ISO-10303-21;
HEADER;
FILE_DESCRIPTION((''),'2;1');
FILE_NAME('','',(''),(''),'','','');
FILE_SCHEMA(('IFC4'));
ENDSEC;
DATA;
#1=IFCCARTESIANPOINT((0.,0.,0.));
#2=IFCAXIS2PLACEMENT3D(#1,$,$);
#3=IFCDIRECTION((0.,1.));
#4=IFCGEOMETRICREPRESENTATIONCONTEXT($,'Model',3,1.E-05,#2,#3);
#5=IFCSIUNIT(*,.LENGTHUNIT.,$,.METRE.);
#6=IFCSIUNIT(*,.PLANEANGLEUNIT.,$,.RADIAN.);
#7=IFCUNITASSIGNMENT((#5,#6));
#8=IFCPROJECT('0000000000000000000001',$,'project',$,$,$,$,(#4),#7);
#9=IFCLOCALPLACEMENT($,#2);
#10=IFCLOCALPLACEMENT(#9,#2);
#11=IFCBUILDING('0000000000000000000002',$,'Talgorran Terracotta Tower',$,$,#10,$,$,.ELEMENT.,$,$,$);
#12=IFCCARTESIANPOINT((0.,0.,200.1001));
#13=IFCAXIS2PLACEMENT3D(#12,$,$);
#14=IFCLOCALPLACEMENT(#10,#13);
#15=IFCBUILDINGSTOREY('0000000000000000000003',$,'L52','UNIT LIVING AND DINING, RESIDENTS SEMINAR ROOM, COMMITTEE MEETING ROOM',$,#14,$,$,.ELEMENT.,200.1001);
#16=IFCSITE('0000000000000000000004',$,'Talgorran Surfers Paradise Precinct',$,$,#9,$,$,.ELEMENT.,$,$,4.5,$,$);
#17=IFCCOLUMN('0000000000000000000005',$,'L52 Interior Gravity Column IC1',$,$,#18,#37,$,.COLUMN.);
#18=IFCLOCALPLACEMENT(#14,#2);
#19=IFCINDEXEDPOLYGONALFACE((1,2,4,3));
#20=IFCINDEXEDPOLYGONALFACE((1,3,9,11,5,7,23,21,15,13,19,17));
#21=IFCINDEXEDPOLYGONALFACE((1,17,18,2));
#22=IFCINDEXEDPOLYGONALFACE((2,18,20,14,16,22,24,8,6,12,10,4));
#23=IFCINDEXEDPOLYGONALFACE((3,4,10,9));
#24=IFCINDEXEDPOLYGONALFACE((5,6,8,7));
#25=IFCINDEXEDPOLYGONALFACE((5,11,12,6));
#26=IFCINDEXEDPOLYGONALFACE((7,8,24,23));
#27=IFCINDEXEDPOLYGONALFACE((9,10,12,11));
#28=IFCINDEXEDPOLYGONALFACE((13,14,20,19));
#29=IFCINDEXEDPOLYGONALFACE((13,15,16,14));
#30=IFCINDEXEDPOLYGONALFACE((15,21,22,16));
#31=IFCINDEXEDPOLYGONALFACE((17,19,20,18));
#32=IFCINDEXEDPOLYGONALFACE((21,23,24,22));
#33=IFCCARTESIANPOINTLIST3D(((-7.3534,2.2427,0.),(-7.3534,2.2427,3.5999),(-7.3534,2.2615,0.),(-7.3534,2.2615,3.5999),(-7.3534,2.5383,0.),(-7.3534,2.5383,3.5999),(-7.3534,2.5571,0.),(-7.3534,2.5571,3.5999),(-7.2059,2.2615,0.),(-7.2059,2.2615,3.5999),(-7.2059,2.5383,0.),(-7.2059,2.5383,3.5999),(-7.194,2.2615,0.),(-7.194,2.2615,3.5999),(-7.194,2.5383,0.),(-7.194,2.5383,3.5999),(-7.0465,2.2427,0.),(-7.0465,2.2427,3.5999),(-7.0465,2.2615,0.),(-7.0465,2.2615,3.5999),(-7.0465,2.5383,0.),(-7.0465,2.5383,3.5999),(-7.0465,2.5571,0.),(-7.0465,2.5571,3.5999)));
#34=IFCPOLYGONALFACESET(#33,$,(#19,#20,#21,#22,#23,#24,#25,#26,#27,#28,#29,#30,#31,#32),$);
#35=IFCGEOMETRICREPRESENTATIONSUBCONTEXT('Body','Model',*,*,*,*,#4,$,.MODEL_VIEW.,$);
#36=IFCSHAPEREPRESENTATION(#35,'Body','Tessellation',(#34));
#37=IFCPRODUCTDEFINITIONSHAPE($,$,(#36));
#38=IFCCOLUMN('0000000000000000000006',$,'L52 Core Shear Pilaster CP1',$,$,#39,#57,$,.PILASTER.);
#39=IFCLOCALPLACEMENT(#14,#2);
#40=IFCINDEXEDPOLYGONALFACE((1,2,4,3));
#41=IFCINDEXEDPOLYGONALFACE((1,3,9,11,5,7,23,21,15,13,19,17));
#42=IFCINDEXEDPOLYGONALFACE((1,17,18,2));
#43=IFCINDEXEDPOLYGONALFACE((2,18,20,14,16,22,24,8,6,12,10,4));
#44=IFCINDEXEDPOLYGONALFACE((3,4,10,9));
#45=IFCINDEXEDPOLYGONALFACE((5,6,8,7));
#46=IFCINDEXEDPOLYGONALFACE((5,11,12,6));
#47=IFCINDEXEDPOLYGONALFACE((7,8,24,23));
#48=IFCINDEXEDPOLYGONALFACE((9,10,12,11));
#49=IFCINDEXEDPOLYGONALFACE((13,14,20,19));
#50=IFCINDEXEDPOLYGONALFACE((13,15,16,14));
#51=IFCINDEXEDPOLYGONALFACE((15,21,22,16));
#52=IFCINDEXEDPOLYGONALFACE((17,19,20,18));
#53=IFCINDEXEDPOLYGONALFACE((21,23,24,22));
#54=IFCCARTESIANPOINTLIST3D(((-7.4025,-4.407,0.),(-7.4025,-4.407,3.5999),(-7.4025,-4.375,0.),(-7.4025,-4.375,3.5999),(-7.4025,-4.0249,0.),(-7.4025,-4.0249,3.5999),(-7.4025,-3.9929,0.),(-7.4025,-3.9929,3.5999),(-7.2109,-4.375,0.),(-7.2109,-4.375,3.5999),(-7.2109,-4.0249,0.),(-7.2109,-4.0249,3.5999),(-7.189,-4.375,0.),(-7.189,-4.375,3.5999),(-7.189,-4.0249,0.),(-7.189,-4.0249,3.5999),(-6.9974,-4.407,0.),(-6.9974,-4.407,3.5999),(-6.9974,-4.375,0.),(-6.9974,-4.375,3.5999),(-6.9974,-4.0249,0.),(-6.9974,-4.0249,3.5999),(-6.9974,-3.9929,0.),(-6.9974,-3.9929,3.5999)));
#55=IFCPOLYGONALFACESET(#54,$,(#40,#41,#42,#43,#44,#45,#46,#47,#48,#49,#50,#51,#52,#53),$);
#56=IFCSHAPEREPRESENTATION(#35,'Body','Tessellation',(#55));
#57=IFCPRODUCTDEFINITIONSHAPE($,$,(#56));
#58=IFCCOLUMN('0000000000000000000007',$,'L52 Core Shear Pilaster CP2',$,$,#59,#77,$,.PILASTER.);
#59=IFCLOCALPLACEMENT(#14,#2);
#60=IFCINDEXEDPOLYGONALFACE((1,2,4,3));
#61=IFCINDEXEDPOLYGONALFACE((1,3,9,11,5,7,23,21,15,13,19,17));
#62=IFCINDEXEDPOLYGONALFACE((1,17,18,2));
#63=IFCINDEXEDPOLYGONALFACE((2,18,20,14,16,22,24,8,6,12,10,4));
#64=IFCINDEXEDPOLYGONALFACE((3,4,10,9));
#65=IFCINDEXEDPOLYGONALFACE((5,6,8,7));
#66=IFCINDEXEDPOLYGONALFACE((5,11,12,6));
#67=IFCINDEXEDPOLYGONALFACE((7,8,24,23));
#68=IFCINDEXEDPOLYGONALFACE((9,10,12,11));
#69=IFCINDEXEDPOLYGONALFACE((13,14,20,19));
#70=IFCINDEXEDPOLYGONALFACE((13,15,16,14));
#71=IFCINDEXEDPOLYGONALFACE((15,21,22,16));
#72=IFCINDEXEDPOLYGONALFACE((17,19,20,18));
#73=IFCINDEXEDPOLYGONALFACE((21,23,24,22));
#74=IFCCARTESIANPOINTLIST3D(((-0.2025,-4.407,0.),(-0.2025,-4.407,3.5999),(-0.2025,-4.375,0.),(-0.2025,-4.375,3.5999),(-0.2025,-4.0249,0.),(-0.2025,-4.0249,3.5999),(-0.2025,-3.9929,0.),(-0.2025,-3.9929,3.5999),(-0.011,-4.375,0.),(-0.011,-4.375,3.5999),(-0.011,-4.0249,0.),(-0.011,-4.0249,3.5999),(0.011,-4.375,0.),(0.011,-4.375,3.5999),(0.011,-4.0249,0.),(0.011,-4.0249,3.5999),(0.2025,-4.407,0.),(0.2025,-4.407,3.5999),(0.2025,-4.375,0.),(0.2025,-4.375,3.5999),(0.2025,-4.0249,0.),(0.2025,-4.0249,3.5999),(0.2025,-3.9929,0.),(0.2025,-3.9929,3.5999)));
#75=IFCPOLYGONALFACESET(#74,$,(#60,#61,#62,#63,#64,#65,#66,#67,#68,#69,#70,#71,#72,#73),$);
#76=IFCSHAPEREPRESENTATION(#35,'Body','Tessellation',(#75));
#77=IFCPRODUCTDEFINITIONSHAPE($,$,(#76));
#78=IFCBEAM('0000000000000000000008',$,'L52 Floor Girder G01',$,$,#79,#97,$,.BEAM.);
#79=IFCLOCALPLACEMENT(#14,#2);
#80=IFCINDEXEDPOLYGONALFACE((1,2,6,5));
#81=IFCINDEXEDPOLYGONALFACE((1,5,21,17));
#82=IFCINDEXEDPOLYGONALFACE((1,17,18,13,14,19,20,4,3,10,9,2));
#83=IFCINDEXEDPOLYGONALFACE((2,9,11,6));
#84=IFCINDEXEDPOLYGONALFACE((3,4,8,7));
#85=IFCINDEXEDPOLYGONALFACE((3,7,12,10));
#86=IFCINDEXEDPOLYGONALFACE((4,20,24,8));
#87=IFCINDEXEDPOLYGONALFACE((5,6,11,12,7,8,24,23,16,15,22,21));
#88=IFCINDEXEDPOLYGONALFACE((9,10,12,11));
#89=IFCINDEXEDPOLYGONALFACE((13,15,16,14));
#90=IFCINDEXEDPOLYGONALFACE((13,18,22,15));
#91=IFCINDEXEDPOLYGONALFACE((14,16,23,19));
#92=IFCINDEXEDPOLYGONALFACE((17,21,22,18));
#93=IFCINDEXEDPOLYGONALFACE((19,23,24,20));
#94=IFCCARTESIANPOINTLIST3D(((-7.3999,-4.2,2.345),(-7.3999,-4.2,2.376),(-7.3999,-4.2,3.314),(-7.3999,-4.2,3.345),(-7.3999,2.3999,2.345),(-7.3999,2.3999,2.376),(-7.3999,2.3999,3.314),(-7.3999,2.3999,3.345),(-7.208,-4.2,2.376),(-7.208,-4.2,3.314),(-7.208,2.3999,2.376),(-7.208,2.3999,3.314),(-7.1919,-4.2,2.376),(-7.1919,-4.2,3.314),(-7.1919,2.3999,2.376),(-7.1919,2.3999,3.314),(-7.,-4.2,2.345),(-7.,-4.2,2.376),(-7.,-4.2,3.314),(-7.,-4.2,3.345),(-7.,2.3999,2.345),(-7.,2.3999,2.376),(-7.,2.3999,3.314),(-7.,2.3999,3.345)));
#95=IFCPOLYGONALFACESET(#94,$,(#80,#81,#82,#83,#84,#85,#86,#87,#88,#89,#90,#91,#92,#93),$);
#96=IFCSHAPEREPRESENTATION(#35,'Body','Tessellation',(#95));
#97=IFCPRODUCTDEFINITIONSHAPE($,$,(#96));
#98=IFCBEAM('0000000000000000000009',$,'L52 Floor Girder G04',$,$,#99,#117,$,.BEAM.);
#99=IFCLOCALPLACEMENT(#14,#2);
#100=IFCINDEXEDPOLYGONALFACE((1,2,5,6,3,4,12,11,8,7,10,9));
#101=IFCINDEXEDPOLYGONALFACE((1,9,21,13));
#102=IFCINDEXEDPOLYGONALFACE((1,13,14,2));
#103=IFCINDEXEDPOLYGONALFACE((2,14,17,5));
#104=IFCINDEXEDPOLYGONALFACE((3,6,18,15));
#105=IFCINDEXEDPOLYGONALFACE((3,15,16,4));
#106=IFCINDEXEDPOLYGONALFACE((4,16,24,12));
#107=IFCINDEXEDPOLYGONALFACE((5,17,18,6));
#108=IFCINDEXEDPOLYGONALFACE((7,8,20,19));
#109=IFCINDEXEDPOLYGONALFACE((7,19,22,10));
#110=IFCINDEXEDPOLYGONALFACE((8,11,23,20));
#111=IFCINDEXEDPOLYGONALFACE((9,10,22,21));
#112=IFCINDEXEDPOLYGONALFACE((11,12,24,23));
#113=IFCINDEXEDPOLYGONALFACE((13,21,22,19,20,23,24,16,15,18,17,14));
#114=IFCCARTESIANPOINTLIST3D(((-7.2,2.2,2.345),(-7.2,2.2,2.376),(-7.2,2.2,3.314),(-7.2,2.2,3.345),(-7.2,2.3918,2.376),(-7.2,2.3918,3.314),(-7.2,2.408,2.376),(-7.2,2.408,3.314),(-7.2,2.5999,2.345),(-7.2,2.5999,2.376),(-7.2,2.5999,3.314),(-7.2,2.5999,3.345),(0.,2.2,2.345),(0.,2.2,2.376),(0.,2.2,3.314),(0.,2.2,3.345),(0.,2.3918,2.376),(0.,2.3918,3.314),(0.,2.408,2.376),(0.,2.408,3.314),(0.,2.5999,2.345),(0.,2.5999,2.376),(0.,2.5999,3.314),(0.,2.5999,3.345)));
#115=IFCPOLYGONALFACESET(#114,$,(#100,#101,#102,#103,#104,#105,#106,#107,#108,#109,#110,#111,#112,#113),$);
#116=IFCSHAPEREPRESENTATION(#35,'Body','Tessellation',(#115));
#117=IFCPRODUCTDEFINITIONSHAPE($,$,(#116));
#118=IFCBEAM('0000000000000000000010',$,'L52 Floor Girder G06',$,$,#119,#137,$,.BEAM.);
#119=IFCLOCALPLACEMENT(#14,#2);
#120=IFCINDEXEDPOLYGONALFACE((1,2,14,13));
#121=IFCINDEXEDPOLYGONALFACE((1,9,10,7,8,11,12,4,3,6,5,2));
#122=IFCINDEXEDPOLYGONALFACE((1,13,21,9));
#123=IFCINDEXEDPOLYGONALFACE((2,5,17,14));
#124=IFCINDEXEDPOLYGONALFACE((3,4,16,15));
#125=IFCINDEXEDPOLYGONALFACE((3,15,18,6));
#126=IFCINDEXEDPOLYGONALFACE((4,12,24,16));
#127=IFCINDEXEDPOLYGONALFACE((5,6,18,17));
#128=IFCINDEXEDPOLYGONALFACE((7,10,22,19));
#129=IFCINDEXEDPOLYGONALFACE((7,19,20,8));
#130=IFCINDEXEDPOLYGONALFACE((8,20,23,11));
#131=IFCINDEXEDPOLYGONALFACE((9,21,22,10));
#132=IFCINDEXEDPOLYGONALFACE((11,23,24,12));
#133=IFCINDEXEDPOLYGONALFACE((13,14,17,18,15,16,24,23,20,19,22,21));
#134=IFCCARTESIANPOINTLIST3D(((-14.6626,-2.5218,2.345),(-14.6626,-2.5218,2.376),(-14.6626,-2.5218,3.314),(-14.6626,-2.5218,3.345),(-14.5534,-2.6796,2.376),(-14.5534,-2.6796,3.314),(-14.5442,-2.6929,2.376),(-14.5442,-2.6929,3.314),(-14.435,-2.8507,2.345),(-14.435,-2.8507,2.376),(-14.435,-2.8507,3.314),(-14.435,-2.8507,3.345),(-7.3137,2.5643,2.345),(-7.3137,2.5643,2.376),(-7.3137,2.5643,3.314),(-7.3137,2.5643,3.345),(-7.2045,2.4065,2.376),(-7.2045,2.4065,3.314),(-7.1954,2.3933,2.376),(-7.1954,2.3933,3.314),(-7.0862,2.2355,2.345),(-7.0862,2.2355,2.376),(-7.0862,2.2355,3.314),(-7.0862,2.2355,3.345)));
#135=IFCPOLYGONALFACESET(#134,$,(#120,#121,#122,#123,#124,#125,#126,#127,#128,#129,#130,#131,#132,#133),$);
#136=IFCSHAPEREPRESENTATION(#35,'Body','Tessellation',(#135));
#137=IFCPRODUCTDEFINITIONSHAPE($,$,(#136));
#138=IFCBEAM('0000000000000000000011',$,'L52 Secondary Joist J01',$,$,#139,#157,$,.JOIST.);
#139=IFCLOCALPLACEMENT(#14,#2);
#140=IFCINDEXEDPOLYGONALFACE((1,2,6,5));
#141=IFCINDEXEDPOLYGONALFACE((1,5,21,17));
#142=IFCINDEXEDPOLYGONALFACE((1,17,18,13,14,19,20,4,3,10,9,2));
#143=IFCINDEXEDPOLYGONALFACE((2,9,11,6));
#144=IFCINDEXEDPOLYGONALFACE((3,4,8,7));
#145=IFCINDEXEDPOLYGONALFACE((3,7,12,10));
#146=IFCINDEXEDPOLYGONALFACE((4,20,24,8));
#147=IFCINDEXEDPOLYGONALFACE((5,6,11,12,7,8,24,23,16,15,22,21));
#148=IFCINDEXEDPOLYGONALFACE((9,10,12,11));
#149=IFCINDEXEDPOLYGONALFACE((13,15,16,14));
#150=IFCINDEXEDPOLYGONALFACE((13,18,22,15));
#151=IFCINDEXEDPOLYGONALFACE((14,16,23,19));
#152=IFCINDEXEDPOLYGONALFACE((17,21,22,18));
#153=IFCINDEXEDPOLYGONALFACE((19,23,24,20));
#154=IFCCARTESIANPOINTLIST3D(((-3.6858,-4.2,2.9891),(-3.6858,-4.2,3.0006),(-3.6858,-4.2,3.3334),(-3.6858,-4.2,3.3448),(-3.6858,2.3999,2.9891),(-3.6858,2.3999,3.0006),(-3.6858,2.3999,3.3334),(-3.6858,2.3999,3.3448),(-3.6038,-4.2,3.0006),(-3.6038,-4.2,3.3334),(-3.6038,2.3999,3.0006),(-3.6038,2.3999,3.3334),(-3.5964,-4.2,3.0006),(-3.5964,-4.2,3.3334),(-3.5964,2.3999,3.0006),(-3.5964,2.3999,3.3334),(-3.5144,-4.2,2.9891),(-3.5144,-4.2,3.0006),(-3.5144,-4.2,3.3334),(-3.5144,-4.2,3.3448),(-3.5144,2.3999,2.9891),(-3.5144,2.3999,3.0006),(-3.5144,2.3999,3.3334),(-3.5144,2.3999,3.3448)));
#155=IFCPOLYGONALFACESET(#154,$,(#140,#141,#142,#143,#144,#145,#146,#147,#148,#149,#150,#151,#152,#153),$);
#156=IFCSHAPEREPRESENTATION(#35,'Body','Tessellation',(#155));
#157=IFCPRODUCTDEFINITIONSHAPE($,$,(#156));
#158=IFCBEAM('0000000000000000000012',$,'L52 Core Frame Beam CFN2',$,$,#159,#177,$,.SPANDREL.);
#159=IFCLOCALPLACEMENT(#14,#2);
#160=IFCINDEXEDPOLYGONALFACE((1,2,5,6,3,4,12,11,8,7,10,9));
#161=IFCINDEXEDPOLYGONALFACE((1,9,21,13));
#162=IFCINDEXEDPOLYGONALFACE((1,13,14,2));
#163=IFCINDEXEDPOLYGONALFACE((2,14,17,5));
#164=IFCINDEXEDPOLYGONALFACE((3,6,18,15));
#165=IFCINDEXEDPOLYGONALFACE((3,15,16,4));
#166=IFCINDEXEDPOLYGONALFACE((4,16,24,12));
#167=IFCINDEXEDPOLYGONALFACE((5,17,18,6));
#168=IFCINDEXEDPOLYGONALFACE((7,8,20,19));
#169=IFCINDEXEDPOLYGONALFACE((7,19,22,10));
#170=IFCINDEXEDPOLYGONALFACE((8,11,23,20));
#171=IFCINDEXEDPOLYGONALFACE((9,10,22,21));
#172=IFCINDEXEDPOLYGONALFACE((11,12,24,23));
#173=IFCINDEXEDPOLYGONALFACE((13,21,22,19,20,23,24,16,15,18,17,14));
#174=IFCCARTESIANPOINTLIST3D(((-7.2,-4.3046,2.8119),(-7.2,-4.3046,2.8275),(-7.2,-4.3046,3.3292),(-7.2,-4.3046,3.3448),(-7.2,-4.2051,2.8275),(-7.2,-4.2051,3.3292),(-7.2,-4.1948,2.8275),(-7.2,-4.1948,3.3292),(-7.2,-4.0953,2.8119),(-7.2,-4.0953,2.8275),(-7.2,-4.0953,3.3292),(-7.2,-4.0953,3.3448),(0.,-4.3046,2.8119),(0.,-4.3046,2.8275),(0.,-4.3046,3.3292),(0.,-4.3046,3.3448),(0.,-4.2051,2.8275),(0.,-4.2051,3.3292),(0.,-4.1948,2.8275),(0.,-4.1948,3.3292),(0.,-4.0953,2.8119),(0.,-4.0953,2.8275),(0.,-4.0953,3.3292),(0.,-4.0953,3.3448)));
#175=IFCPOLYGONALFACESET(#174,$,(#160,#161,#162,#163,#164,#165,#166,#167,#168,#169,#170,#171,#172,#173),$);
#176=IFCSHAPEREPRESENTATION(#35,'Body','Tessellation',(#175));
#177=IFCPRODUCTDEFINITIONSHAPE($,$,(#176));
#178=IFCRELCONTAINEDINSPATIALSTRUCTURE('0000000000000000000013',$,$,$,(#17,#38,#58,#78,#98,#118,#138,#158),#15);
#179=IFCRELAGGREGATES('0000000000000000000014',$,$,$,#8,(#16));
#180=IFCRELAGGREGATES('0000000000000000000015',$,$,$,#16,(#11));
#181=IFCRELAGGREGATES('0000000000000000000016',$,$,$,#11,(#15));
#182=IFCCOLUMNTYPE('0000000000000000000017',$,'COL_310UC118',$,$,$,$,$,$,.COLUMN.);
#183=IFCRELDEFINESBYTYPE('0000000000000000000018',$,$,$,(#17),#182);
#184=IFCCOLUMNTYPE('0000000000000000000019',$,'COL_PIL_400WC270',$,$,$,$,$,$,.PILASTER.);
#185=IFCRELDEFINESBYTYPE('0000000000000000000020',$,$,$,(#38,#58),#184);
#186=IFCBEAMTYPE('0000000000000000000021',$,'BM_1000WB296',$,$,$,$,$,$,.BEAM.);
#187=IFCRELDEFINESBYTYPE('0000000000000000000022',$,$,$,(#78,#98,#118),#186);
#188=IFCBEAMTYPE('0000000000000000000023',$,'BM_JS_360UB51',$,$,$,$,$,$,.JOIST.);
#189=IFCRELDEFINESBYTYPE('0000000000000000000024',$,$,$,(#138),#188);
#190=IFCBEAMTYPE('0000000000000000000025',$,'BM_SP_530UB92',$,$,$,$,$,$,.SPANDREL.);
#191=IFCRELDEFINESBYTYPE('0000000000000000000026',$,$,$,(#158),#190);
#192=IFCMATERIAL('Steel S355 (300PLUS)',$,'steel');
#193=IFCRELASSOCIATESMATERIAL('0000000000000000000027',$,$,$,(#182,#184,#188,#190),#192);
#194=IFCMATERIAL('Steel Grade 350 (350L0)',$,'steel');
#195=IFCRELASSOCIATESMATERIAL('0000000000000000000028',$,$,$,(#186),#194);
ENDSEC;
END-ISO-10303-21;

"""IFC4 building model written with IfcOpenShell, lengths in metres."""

from ifc_helpers import new_model, si_unit, direction, frame, origin, origin_2d, place, context, subcontext, project, spatial, i_section, extrude, material, material_profile, profile_set, type_object, element, save


model = new_model("IFC4")

# Units and contexts
model_context = context("Model", 3, precision=1e-05, world=origin(), true_north=direction((0.0, 1.0)))
body_context = subcontext(model_context, "Body", "Model", "MODEL_VIEW")
ifc_project = project(units=[si_unit("LENGTHUNIT", "METRE"), si_unit("PLANEANGLEUNIT", "RADIAN")], contexts=[model_context])

# Site, building, storey
site_placement = place(None, origin())
site = spatial("IfcSite", under=ifc_project, at=site_placement, Name="Talgorran Surfers Paradise Precinct", CompositionType="ELEMENT", RefElevation=4.5)
building_placement = place(site_placement, origin())
building = spatial("IfcBuilding", under=site, at=building_placement, Name="Talgorran Terracotta Tower", CompositionType="ELEMENT")
storey_placement = place(building_placement, frame((0.0, 0.0, 200.1001)))
storey = spatial("IfcBuildingStorey", under=building, at=storey_placement, Name="L52", Description="UNIT LIVING AND DINING, RESIDENTS SEMINAR ROOM, COMMITTEE MEETING ROOM", CompositionType="ELEMENT", Elevation=200.1001)

# Columns
ifc_material_1 = material(Name="Steel S355 (300PLUS)", Category="steel")
ifc_material_profile_1 = material_profile(ifc_material_1, i_section(OverallWidth=0.3069, OverallDepth=0.3145, WebThickness=0.012, FlangeThickness=0.0188, at=origin_2d()), Name="310UC118")
ifc_profile_set_1 = profile_set([ifc_material_profile_1], Name="Steel S355 (300PLUS)")
column_type_1 = type_object("IfcColumnType", Name="COL_310UC118", PredefinedType="COLUMN", material=ifc_profile_set_1)
column_placement = place(storey_placement, frame((-7.2, 2.3999, 0.0), z_axis=(0.0, 0.0, 1.0), x_axis=(1.0, 0.0, 0.0)))
element("IfcColumn", 1, at=column_placement, inside=storey, type_object=column_type_1, Name="L52 Interior Gravity Column IC1", PredefinedType="COLUMN", context=body_context, shape_type="SweptSolid", body=[
    extrude(i_section(OverallWidth=0.3069, OverallDepth=0.3145, WebThickness=0.012, FlangeThickness=0.0188, at=origin_2d()), origin(), (0.0, 0.0, 1.0), 3.5999),
])
ifc_material_profile_2 = material_profile(ifc_material_1, i_section(OverallWidth=0.405, OverallDepth=0.4141, WebThickness=0.022, FlangeThickness=0.032, at=origin_2d()), Name="400WC270")
ifc_profile_set_2 = profile_set([ifc_material_profile_2], Name="Steel S355 (300PLUS)")
column_type_2 = type_object("IfcColumnType", Name="COL_PIL_400WC270", PredefinedType="PILASTER", material=ifc_profile_set_2)
for number, where, z_axis, x_axis, name in (
    (2, (-7.2, -4.2, 0.0), (0.0, 0.0, 1.0), (1.0, 0.0, 0.0), "L52 Core Shear Pilaster CP1"),
    (3, (0.0, -4.2, 0.0), (0.0, 0.0, 1.0), (1.0, 0.0, 0.0), "L52 Core Shear Pilaster CP2"),
):
    element("IfcColumn", number, at=place(storey_placement, frame(where, z_axis=z_axis, x_axis=x_axis)), inside=storey, type_object=column_type_2, Name=name, PredefinedType="PILASTER", context=body_context, shape_type="SweptSolid", body=[
        extrude(i_section(OverallWidth=0.405, OverallDepth=0.4141, WebThickness=0.022, FlangeThickness=0.032, at=origin_2d()), origin(), (0.0, 0.0, 1.0), 3.5999),
    ])

# Beams
ifc_material_2 = material(Name="Steel Grade 350 (350L0)", Category="steel")
ifc_material_profile_3 = material_profile(ifc_material_2, i_section(OverallWidth=0.3999, OverallDepth=1.0, WebThickness=0.0161, FlangeThickness=0.031, at=origin_2d()), Name="1000WB296")
ifc_profile_set_3 = profile_set([ifc_material_profile_3], Name="Steel Grade 350 (350L0)")
beam_type_1 = type_object("IfcBeamType", Name="BM_1000WB296", PredefinedType="BEAM", material=ifc_profile_set_3)
beam_1_placement = place(storey_placement, frame((-7.2, -4.2, 2.845), z_axis=(0.0, 1.0, 0.0), x_axis=(-1.0, 0.0, 0.0)))
element("IfcBeam", 4, at=beam_1_placement, inside=storey, type_object=beam_type_1, Name="L52 Floor Girder G01", PredefinedType="BEAM", context=body_context, shape_type="SweptSolid", body=[
    extrude(i_section(OverallWidth=0.3999, OverallDepth=1.0, WebThickness=0.0161, FlangeThickness=0.031, at=origin_2d()), origin(), (0.0, 0.0, 1.0), 6.5999),
])
beam_2_placement = place(storey_placement, frame((-7.2, 2.3999, 2.845), z_axis=(1.0, 0.0, 0.0), x_axis=(0.0, 1.0, 0.0)))
element("IfcBeam", 5, at=beam_2_placement, inside=storey, type_object=beam_type_1, Name="L52 Floor Girder G04", PredefinedType="BEAM", context=body_context, shape_type="SweptSolid", body=[
    extrude(i_section(OverallWidth=0.3999, OverallDepth=1.0, WebThickness=0.0161, FlangeThickness=0.031, at=origin_2d()), origin(), (0.0, 0.0, 1.0), 7.2),
])
beam_3_placement = place(storey_placement, frame((-7.2, 2.3999, 2.845), z_axis=(-0.822271, -0.569096, 0.0), x_axis=(0.569096, -0.822271, 0.0)))
element("IfcBeam", 6, at=beam_3_placement, inside=storey, type_object=beam_type_1, Name="L52 Floor Girder G06", PredefinedType="BEAM", context=body_context, shape_type="SweptSolid", body=[
    extrude(i_section(OverallWidth=0.3999, OverallDepth=1.0, WebThickness=0.0161, FlangeThickness=0.031, at=origin_2d()), origin(), (0.0, 0.0, 1.0), 8.9373),
])
ifc_material_profile_4 = material_profile(ifc_material_1, i_section(OverallWidth=0.1714, OverallDepth=0.3557, WebThickness=0.0073, FlangeThickness=0.0115, at=origin_2d()), Name="360UB50.7")
ifc_profile_set_4 = profile_set([ifc_material_profile_4], Name="Steel S355 (300PLUS)")
beam_type_2 = type_object("IfcBeamType", Name="BM_JS_360UB51", PredefinedType="JOIST", material=ifc_profile_set_4)
beam_4_placement = place(storey_placement, frame((-3.6001, -4.2, 3.167), z_axis=(0.0, 1.0, 0.0), x_axis=(-1.0, 0.0, 0.0)))
element("IfcBeam", 7, at=beam_4_placement, inside=storey, type_object=beam_type_2, Name="L52 Secondary Joist J01", PredefinedType="JOIST", context=body_context, shape_type="SweptSolid", body=[
    extrude(i_section(OverallWidth=0.1714, OverallDepth=0.3557, WebThickness=0.0073, FlangeThickness=0.0115, at=origin_2d()), origin(), (0.0, 0.0, 1.0), 6.5999),
])
ifc_material_profile_5 = material_profile(ifc_material_1, i_section(OverallWidth=0.2092, OverallDepth=0.533, WebThickness=0.0103, FlangeThickness=0.0156, at=origin_2d()), Name="530UB92.4")
ifc_profile_set_5 = profile_set([ifc_material_profile_5], Name="Steel S355 (300PLUS)")
beam_type_3 = type_object("IfcBeamType", Name="BM_SP_530UB92", PredefinedType="SPANDREL", material=ifc_profile_set_5)
beam_5_placement = place(storey_placement, frame((-7.2, -4.2, 3.0784), z_axis=(1.0, 0.0, 0.0), x_axis=(0.0, 1.0, 0.0)))
element("IfcBeam", 8, at=beam_5_placement, inside=storey, type_object=beam_type_3, Name="L52 Core Frame Beam CFN2", PredefinedType="SPANDREL", context=body_context, shape_type="SweptSolid", body=[
    extrude(i_section(OverallWidth=0.2092, OverallDepth=0.533, WebThickness=0.0103, FlangeThickness=0.0156, at=origin_2d()), origin(), (0.0, 0.0, 1.0), 7.2),
])

save(model, "model.ifc")
